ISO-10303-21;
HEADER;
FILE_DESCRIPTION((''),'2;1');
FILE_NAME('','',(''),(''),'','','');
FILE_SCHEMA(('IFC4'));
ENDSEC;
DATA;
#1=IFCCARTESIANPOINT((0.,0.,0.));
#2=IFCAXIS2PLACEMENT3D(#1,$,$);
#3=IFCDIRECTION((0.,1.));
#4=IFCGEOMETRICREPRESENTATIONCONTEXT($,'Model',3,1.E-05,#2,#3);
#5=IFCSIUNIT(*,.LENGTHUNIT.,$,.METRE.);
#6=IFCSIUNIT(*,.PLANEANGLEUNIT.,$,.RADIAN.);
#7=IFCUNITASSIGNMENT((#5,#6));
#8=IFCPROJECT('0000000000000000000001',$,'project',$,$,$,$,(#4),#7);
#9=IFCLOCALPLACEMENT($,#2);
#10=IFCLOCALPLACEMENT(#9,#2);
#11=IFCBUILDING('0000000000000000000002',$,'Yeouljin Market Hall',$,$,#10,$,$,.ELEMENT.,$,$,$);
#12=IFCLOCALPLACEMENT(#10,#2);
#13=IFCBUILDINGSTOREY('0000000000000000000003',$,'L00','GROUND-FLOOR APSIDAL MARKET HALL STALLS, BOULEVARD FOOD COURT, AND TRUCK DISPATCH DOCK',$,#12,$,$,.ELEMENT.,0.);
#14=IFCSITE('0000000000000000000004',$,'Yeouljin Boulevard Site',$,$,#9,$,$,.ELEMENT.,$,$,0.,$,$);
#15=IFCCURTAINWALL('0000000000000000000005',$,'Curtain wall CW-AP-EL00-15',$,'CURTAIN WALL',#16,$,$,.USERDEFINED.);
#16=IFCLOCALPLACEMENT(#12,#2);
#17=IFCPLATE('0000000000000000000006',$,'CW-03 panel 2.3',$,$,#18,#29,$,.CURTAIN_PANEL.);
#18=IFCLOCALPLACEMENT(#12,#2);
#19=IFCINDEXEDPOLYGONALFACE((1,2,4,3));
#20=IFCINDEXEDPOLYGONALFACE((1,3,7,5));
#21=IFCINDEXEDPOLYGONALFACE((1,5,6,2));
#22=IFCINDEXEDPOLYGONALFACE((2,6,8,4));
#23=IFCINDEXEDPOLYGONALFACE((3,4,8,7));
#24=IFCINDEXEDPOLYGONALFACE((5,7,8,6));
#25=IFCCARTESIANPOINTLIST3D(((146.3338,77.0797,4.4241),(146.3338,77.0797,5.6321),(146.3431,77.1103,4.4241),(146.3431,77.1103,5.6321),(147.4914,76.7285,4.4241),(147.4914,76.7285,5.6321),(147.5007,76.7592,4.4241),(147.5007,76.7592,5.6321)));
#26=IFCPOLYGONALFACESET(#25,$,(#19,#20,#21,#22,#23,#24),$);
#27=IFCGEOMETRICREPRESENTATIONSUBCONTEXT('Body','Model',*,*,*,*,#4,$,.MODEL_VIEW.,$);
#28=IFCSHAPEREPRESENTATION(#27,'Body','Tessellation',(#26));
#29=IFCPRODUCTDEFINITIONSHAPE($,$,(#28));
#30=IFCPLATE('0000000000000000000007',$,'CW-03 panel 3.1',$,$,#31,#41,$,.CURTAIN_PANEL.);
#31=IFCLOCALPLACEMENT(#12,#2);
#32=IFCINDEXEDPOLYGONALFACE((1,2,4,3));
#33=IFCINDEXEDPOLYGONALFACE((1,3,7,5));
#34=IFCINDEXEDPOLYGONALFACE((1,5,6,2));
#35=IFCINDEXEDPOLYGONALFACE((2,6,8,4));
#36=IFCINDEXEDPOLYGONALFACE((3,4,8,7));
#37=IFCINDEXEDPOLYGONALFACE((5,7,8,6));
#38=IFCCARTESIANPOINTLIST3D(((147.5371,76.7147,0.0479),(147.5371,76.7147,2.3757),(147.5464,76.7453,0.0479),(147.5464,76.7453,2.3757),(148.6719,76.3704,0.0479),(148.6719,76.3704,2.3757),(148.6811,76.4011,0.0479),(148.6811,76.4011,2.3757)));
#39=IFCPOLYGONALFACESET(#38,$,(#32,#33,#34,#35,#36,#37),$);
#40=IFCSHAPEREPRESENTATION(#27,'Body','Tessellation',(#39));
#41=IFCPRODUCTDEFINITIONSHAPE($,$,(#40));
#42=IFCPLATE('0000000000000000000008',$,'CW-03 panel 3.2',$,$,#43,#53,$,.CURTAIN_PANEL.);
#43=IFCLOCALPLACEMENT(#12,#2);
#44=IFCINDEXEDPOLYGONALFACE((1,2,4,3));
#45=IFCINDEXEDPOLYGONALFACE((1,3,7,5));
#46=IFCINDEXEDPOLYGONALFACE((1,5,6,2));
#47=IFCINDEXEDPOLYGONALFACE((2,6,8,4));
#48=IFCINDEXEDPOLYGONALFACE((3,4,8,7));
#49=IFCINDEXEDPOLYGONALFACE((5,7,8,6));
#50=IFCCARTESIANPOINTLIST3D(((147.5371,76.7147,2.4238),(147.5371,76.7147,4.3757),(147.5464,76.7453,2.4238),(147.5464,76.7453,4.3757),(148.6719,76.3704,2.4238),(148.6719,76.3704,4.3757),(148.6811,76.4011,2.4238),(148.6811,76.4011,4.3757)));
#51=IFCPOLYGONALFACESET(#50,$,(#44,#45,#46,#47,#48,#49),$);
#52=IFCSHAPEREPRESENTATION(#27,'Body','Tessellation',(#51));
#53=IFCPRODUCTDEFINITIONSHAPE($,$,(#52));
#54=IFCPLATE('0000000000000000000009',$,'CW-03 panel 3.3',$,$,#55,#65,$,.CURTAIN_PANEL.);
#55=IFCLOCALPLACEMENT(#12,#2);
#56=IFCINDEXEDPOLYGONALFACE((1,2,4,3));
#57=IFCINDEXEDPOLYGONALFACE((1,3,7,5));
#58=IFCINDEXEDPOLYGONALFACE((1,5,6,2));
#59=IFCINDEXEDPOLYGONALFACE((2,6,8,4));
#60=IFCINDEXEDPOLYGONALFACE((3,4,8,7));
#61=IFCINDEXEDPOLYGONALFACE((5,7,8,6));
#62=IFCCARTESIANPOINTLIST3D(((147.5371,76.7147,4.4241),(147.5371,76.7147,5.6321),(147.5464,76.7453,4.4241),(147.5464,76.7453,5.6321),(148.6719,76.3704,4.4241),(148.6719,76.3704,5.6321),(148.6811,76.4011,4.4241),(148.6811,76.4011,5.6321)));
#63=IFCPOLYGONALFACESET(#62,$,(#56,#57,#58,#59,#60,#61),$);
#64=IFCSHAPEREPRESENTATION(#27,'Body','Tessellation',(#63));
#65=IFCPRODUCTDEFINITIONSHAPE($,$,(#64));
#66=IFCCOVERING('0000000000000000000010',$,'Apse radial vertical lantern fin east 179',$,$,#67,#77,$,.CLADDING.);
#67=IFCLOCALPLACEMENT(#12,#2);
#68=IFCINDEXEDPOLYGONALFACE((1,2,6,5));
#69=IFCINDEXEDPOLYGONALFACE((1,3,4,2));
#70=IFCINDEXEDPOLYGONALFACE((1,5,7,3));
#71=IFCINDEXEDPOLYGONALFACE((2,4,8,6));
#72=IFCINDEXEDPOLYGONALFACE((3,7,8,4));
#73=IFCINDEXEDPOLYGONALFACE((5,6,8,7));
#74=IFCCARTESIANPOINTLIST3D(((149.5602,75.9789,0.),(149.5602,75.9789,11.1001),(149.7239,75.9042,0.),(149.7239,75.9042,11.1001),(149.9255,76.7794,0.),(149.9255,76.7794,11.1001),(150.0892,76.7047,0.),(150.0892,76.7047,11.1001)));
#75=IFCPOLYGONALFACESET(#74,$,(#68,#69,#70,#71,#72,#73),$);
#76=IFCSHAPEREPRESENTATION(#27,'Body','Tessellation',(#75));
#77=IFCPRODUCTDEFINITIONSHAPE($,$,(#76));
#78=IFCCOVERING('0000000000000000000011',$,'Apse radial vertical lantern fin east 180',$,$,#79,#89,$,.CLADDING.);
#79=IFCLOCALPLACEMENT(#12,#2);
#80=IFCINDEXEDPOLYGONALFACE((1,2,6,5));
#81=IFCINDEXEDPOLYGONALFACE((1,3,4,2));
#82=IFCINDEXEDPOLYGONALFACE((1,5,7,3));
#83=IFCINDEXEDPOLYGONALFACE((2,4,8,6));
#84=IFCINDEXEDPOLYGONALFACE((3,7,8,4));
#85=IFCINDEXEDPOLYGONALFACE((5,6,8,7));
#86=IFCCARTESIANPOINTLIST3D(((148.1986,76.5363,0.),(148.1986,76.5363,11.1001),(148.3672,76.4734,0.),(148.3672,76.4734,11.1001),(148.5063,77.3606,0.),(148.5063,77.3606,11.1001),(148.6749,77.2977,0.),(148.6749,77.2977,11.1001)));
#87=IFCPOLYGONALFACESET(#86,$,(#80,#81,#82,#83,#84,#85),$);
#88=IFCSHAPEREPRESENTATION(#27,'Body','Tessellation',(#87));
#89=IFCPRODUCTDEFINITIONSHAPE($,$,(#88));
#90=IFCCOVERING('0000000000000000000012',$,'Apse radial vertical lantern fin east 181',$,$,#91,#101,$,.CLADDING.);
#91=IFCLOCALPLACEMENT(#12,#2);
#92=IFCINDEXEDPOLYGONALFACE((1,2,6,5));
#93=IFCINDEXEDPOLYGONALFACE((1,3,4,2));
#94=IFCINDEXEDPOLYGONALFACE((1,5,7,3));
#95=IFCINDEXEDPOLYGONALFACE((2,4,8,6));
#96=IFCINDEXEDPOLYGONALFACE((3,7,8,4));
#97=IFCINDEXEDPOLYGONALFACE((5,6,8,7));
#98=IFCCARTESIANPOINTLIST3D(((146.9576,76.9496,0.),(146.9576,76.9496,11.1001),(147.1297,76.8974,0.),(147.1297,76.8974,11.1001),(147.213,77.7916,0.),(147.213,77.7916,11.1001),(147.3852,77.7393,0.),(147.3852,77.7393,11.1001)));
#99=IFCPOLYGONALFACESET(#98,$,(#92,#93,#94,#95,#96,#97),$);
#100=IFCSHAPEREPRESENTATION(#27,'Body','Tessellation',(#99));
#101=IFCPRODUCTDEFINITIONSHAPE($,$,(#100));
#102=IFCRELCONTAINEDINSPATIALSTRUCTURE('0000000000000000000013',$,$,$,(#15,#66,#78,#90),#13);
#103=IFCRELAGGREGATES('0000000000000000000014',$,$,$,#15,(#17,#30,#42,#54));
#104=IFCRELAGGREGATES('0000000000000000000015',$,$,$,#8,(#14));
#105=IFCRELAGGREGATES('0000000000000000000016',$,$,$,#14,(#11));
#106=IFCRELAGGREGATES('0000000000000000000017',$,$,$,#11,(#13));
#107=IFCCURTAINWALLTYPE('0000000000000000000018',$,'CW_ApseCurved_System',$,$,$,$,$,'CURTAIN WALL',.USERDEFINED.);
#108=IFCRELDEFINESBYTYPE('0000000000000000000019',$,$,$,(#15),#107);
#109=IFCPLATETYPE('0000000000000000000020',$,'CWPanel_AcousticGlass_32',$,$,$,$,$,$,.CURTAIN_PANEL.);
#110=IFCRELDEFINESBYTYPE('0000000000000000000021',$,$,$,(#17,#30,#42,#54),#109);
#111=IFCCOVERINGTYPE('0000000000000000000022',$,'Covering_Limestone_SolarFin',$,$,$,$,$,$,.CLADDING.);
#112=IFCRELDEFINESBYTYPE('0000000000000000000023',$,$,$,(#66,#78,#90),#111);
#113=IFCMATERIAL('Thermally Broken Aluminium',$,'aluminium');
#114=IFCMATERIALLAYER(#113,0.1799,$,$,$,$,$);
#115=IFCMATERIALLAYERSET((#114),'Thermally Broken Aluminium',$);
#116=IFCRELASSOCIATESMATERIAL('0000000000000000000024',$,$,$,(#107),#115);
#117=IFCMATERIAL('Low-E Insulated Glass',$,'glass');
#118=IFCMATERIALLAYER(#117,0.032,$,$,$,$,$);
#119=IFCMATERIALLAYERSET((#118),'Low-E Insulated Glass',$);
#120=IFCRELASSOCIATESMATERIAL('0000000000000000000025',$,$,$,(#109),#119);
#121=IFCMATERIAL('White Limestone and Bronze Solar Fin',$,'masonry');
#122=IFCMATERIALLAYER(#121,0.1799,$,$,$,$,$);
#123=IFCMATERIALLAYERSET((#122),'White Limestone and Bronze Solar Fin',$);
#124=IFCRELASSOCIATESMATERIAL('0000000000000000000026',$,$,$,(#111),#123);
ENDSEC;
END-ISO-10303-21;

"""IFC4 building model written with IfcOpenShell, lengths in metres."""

from ifc_helpers import new_model, si_unit, direction, frame, origin, origin_2d, place, context, subcontext, project, spatial, rectangle, extrude, material, layer, layer_set, type_object, element, aggregate, save


model = new_model("IFC4")

# Units and contexts
model_context = context("Model", 3, precision=1e-05, world=origin(), true_north=direction((0.0, 1.0)))
body_context = subcontext(model_context, "Body", "Model", "MODEL_VIEW")
ifc_project = project(units=[si_unit("LENGTHUNIT", "METRE"), si_unit("PLANEANGLEUNIT", "RADIAN")], contexts=[model_context])

# Site, building, storey
site_placement = place(None, origin())
site = spatial("IfcSite", under=ifc_project, at=site_placement, Name="Yeouljin Boulevard Site", CompositionType="ELEMENT", RefElevation=0.0)
building_placement = place(site_placement, origin())
building = spatial("IfcBuilding", under=site, at=building_placement, Name="Yeouljin Market Hall", CompositionType="ELEMENT")
storey_placement = place(building_placement, origin())
storey = spatial("IfcBuildingStorey", under=building, at=storey_placement, Name="L00", Description="GROUND-FLOOR APSIDAL MARKET HALL STALLS, BOULEVARD FOOD COURT, AND TRUCK DISPATCH DOCK", CompositionType="ELEMENT", Elevation=0.0)

# Curtain wall
ifc_material_1 = material(Name="Thermally Broken Aluminium", Category="aluminium")
ifc_layer_1 = layer(ifc_material_1, 0.1799)
ifc_layer_set_1 = layer_set([ifc_layer_1], Name="Thermally Broken Aluminium")
curtain_wall_type = type_object("IfcCurtainWallType", Name="CW_ApseCurved_System", ElementType="CURTAIN WALL", PredefinedType="USERDEFINED", material=ifc_layer_set_1)
curtain_wall_1_placement = place(storey_placement, origin())
curtain_wall_1 = element("IfcCurtainWall", 1, at=curtain_wall_1_placement, inside=storey, type_object=curtain_wall_type, Name="Curtain wall CW-AP-EL00-15", ObjectType="CURTAIN WALL", PredefinedType="USERDEFINED")

# Plates
ifc_material_2 = material(Name="Low-E Insulated Glass", Category="glass")
ifc_layer_2 = layer(ifc_material_2, 0.032)
ifc_layer_set_2 = layer_set([ifc_layer_2], Name="Low-E Insulated Glass")
plate_type = type_object("IfcPlateType", Name="CWPanel_AcousticGlass_32", PredefinedType="CURTAIN_PANEL", material=ifc_layer_set_2)
plate_1_placement = place(storey_placement, frame((146.9172, 76.9194, 4.4241), z_axis=(0.0, 0.0, 1.0), x_axis=(0.95694, -0.290286, 0.0)))
plate_1 = element("IfcPlate", 2, at=plate_1_placement, type_object=plate_type, Name="CW-03 panel 2.3", PredefinedType="CURTAIN_PANEL", context=body_context, shape_type="SweptSolid", body=[
    extrude(rectangle(XDim=1.2097, YDim=0.032, at=origin_2d()), origin(), (0.0, 0.0, 1.0), 1.208),
])
plate_2_placement = place(storey_placement, frame((148.1091, 76.5579, 0.0479), z_axis=(0.0, 0.0, 1.0), x_axis=(0.95694, -0.290286, 0.0)))
plate_2 = element("IfcPlate", 3, at=plate_2_placement, type_object=plate_type, Name="CW-03 panel 3.1", PredefinedType="CURTAIN_PANEL", context=body_context, shape_type="SweptSolid", body=[
    extrude(rectangle(XDim=1.1858, YDim=0.032, at=origin_2d()), origin(), (0.0, 0.0, 1.0), 2.3279),
])
plate_3_placement = place(storey_placement, frame((148.1091, 76.5579, 2.4238), z_axis=(0.0, 0.0, 1.0), x_axis=(0.95694, -0.290286, 0.0)))
plate_3 = element("IfcPlate", 4, at=plate_3_placement, type_object=plate_type, Name="CW-03 panel 3.2", PredefinedType="CURTAIN_PANEL", context=body_context, shape_type="SweptSolid", body=[
    extrude(rectangle(XDim=1.1858, YDim=0.032, at=origin_2d()), origin(), (0.0, 0.0, 1.0), 1.9519),
])
plate_4_placement = place(storey_placement, frame((148.1091, 76.5579, 4.4241), z_axis=(0.0, 0.0, 1.0), x_axis=(0.95694, -0.290286, 0.0)))
plate_4 = element("IfcPlate", 5, at=plate_4_placement, type_object=plate_type, Name="CW-03 panel 3.3", PredefinedType="CURTAIN_PANEL", context=body_context, shape_type="SweptSolid", body=[
    extrude(rectangle(XDim=1.1858, YDim=0.032, at=origin_2d()), origin(), (0.0, 0.0, 1.0), 1.208),
])
aggregate(curtain_wall_1, [plate_1, plate_2, plate_3, plate_4])

# Coverings
ifc_material_3 = material(Name="White Limestone and Bronze Solar Fin", Category="masonry")
ifc_layer_3 = layer(ifc_material_3, 0.1799)
ifc_layer_set_3 = layer_set([ifc_layer_3], Name="White Limestone and Bronze Solar Fin")
covering_type = type_object("IfcCoveringType", Name="Covering_Limestone_SolarFin", PredefinedType="CLADDING", material=ifc_layer_set_3)
for number, where, z_axis, x_axis, name in (
    (6, (149.8247, 76.3418, 0.0), (0.0, 0.0, 1.0), (0.41517, 0.909744, 0.0), "Apse radial vertical lantern fin east 179"),
    (7, (148.4368, 76.917, 0.0), (0.0, 0.0, 1.0), (0.349717, 0.936855, 0.0), "Apse radial vertical lantern fin east 180"),
    (8, (147.1714, 77.3445, 0.0), (0.0, 0.0, 1.0), (0.290368, 0.956915, 0.0), "Apse radial vertical lantern fin east 181"),
):
    element("IfcCovering", number, at=place(storey_placement, frame(where, z_axis=z_axis, x_axis=x_axis)), inside=storey, type_object=covering_type, Name=name, PredefinedType="CLADDING", context=body_context, shape_type="SweptSolid", body=[
        extrude(rectangle(XDim=0.8799, YDim=0.1799, at=origin_2d()), origin(), (0.0, 0.0, 1.0), 11.1001),
    ])

save(model, "model.ifc")
